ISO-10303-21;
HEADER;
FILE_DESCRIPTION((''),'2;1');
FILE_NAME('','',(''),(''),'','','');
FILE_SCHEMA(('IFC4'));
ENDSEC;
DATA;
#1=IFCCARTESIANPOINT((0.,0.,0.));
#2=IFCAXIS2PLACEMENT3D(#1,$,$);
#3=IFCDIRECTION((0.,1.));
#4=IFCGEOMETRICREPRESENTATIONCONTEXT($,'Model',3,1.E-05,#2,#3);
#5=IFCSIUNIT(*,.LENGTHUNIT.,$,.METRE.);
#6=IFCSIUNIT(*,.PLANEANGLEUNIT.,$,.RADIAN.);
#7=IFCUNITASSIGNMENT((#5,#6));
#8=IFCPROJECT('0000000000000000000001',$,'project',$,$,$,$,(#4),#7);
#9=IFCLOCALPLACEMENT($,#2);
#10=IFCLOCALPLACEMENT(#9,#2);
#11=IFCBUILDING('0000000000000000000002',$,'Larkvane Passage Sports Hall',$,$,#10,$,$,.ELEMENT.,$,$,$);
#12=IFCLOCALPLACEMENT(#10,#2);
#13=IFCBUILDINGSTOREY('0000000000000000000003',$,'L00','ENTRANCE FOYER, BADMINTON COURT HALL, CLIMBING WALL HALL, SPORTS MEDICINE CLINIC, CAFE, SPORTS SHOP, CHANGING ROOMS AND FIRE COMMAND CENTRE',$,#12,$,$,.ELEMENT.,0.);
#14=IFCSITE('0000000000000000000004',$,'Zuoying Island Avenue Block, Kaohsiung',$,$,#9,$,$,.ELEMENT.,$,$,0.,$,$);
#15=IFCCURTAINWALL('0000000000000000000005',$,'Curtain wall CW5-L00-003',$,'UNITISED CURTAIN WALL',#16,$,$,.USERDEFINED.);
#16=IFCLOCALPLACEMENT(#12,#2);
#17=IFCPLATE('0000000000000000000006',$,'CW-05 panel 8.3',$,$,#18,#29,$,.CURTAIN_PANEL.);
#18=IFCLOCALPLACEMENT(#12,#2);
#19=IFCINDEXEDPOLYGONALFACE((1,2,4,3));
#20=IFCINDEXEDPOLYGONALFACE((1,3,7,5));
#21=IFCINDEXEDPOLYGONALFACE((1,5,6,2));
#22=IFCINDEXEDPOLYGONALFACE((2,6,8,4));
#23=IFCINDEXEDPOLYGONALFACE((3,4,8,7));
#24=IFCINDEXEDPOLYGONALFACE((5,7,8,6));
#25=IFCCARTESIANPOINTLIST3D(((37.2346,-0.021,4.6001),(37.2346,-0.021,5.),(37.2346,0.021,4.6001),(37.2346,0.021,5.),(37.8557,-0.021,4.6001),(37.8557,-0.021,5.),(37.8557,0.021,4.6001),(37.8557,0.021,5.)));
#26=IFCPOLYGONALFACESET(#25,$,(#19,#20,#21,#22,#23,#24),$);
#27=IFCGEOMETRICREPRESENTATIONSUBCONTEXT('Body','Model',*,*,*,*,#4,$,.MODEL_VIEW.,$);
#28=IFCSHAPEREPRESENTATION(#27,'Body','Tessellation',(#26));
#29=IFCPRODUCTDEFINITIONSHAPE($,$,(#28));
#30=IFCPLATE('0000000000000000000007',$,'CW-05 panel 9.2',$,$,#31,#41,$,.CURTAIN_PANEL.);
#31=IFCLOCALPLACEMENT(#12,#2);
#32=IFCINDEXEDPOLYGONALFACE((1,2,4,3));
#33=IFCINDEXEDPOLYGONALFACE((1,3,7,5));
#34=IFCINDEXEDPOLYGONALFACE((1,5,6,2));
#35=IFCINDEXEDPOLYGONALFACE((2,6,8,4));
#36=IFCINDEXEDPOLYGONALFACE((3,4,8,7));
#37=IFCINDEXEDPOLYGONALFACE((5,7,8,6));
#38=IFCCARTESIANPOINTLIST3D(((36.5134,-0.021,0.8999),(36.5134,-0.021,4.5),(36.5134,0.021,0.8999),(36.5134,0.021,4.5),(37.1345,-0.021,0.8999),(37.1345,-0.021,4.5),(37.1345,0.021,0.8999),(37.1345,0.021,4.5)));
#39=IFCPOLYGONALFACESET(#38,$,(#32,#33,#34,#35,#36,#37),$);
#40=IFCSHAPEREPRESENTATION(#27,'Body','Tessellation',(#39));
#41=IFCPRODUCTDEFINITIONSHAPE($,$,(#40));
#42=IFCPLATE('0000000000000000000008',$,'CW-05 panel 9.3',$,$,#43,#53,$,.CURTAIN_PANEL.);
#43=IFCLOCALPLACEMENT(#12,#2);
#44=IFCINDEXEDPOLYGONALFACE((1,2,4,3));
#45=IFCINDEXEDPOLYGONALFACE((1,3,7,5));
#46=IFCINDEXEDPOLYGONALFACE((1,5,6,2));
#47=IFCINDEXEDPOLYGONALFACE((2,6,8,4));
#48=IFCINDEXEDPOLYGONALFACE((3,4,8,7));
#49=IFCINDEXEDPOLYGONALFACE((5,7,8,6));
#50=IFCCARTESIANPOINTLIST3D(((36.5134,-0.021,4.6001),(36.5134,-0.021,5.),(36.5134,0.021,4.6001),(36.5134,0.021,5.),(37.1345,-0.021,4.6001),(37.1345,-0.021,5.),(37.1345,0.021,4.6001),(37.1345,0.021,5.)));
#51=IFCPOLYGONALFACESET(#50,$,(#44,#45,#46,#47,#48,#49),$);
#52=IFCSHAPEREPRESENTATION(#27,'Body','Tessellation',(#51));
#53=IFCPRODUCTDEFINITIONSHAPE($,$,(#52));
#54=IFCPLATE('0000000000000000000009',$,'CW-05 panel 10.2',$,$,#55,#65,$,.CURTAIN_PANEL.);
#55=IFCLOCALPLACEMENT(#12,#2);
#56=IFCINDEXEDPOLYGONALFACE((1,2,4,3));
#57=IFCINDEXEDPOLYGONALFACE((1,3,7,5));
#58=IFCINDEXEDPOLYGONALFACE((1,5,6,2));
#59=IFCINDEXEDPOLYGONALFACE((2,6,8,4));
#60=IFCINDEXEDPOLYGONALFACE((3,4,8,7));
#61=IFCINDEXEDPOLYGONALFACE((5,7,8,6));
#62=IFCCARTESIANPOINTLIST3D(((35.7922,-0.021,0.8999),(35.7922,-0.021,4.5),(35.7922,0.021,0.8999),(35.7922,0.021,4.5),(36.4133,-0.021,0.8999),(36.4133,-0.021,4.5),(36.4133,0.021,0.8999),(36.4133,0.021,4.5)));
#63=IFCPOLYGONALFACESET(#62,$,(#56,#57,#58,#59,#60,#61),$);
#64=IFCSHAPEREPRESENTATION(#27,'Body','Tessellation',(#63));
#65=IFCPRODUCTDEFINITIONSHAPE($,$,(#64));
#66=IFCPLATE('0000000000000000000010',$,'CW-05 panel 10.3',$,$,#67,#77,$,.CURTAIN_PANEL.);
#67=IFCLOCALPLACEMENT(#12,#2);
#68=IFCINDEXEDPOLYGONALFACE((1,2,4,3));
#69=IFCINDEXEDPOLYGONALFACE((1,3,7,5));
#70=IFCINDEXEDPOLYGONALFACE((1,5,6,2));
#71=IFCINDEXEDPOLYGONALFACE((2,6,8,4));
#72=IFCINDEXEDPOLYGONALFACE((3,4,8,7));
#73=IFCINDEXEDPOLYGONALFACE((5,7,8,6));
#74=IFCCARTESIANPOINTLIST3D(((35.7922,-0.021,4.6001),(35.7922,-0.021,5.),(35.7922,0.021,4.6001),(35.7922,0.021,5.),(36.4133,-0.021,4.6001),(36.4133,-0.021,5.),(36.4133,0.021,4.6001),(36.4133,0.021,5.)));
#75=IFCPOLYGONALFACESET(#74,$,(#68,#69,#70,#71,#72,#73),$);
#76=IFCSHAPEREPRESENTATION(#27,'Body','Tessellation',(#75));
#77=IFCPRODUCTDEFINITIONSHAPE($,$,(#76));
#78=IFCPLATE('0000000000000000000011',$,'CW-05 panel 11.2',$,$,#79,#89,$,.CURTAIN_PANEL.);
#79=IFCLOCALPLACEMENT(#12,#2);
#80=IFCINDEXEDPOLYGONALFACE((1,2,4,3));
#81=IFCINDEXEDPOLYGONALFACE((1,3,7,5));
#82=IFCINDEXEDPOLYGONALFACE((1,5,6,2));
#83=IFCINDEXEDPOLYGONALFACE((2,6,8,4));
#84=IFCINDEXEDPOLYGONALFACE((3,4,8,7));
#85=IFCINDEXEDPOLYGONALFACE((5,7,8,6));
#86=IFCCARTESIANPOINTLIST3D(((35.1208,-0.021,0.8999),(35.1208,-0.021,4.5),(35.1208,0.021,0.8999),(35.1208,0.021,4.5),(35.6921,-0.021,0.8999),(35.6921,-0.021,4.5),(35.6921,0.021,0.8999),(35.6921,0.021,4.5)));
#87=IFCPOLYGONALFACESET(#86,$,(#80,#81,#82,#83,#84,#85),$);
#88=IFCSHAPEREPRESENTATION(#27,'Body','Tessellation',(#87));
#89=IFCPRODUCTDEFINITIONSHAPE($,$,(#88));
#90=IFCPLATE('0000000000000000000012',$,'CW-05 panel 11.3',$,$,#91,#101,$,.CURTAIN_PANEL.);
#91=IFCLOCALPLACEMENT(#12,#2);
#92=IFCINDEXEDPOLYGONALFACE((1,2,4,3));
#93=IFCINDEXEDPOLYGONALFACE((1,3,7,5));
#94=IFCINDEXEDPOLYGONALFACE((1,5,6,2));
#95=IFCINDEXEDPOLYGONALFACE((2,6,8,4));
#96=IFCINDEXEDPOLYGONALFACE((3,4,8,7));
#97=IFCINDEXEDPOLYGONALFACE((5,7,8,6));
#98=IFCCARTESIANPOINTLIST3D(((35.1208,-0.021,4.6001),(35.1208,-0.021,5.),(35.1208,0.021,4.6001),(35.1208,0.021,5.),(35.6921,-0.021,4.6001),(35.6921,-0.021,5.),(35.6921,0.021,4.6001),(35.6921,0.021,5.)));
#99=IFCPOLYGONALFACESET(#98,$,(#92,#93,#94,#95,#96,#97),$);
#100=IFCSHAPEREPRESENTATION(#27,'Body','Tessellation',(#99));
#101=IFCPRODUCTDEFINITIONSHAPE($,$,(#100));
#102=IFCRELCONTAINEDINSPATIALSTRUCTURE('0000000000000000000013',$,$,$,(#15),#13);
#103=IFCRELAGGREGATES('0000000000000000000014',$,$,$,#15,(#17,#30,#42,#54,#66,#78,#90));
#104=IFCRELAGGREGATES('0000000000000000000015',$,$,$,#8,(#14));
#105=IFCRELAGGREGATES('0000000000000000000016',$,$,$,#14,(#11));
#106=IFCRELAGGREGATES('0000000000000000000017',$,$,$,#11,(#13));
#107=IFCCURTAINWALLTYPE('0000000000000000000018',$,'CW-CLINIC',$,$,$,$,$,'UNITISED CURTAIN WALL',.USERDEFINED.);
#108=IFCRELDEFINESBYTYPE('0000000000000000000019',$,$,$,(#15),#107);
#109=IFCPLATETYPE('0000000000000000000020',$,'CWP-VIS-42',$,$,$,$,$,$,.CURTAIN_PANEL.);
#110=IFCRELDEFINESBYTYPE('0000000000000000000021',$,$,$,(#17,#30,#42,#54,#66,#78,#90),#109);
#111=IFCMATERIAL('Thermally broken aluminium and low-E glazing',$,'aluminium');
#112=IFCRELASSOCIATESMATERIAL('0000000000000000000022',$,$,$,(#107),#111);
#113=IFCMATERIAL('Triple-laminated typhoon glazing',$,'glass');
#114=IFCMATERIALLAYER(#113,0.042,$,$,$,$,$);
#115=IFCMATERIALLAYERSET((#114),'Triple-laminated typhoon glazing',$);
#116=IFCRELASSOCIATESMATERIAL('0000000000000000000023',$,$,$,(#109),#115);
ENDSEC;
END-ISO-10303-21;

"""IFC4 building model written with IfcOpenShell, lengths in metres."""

from ifc_helpers import new_model, si_unit, direction, frame, origin, origin_2d, place, context, subcontext, project, spatial, rectangle, extrude, material, layer, layer_set, type_object, element, aggregate, save


model = new_model("IFC4")

# Units and contexts
model_context = context("Model", 3, precision=1e-05, world=origin(), true_north=direction((0.0, 1.0)))
body_context = subcontext(model_context, "Body", "Model", "MODEL_VIEW")
ifc_project = project(units=[si_unit("LENGTHUNIT", "METRE"), si_unit("PLANEANGLEUNIT", "RADIAN")], contexts=[model_context])

# Site, building, storey
site_placement = place(None, origin())
site = spatial("IfcSite", under=ifc_project, at=site_placement, Name="Zuoying Island Avenue Block, Kaohsiung", CompositionType="ELEMENT", RefElevation=0.0)
building_placement = place(site_placement, origin())
building = spatial("IfcBuilding", under=site, at=building_placement, Name="Larkvane Passage Sports Hall", CompositionType="ELEMENT")
storey_placement = place(building_placement, origin())
storey = spatial("IfcBuildingStorey", under=building, at=storey_placement, Name="L00", Description="ENTRANCE FOYER, BADMINTON COURT HALL, CLIMBING WALL HALL, SPORTS MEDICINE CLINIC, CAFE, SPORTS SHOP, CHANGING ROOMS AND FIRE COMMAND CENTRE", CompositionType="ELEMENT", Elevation=0.0)

# Curtain wall, plates
ifc_material_1 = material(Name="Thermally broken aluminium and low-E glazing", Category="aluminium")
curtain_wall_type = type_object("IfcCurtainWallType", Name="CW-CLINIC", ElementType="UNITISED CURTAIN WALL", PredefinedType="USERDEFINED", material=ifc_material_1)
curtain_wall_placement = place(storey_placement, origin())
curtain_wall = element("IfcCurtainWall", 1, at=curtain_wall_placement, inside=storey, type_object=curtain_wall_type, Name="Curtain wall CW5-L00-003", ObjectType="UNITISED CURTAIN WALL", PredefinedType="USERDEFINED")
ifc_material_2 = material(Name="Triple-laminated typhoon glazing", Category="glass")
ifc_layer = layer(ifc_material_2, 0.042)
ifc_layer_set = layer_set([ifc_layer], Name="Triple-laminated typhoon glazing")
plate_type = type_object("IfcPlateType", Name="CWP-VIS-42", PredefinedType="CURTAIN_PANEL", material=ifc_layer_set)
plate_1_placement = place(storey_placement, frame((37.5452, 0.0, 4.6001), z_axis=(0.0, 0.0, 1.0), x_axis=(-1.0, 0.0, 0.0)))
plate_1 = element("IfcPlate", 2, at=plate_1_placement, type_object=plate_type, Name="CW-05 panel 8.3", PredefinedType="CURTAIN_PANEL", context=body_context, shape_type="SweptSolid", body=[
    extrude(rectangle(XDim=0.6211, YDim=0.042, at=origin_2d()), origin(), (0.0, 0.0, 1.0), 0.3999),
])
plate_2_placement = place(storey_placement, frame((36.824, 0.0, 0.8999), z_axis=(0.0, 0.0, 1.0), x_axis=(-1.0, 0.0, 0.0)))
plate_2 = element("IfcPlate", 3, at=plate_2_placement, type_object=plate_type, Name="CW-05 panel 9.2", PredefinedType="CURTAIN_PANEL", context=body_context, shape_type="SweptSolid", body=[
    extrude(rectangle(XDim=0.6211, YDim=0.042, at=origin_2d()), origin(), (0.0, 0.0, 1.0), 3.6001),
])
plate_3_placement = place(storey_placement, frame((36.824, 0.0, 4.6001), z_axis=(0.0, 0.0, 1.0), x_axis=(-1.0, 0.0, 0.0)))
plate_3 = element("IfcPlate", 4, at=plate_3_placement, type_object=plate_type, Name="CW-05 panel 9.3", PredefinedType="CURTAIN_PANEL", context=body_context, shape_type="SweptSolid", body=[
    extrude(rectangle(XDim=0.6211, YDim=0.042, at=origin_2d()), origin(), (0.0, 0.0, 1.0), 0.3999),
])
plate_4_placement = place(storey_placement, frame((36.1028, 0.0, 0.8999), z_axis=(0.0, 0.0, 1.0), x_axis=(-1.0, 0.0, 0.0)))
plate_4 = element("IfcPlate", 5, at=plate_4_placement, type_object=plate_type, Name="CW-05 panel 10.2", PredefinedType="CURTAIN_PANEL", context=body_context, shape_type="SweptSolid", body=[
    extrude(rectangle(XDim=0.6211, YDim=0.042, at=origin_2d()), origin(), (0.0, 0.0, 1.0), 3.6001),
])
plate_5_placement = place(storey_placement, frame((36.1028, 0.0, 4.6001), z_axis=(0.0, 0.0, 1.0), x_axis=(-1.0, 0.0, 0.0)))
plate_5 = element("IfcPlate", 6, at=plate_5_placement, type_object=plate_type, Name="CW-05 panel 10.3", PredefinedType="CURTAIN_PANEL", context=body_context, shape_type="SweptSolid", body=[
    extrude(rectangle(XDim=0.6211, YDim=0.042, at=origin_2d()), origin(), (0.0, 0.0, 1.0), 0.3999),
])
plate_6_placement = place(storey_placement, frame((35.4065, 0.0, 0.8999), z_axis=(0.0, 0.0, 1.0), x_axis=(-1.0, 0.0, 0.0)))
plate_6 = element("IfcPlate", 7, at=plate_6_placement, type_object=plate_type, Name="CW-05 panel 11.2", PredefinedType="CURTAIN_PANEL", context=body_context, shape_type="SweptSolid", body=[
    extrude(rectangle(XDim=0.5713, YDim=0.042, at=origin_2d()), origin(), (0.0, 0.0, 1.0), 3.6001),
])
plate_7_placement = place(storey_placement, frame((35.4065, 0.0, 4.6001), z_axis=(0.0, 0.0, 1.0), x_axis=(-1.0, 0.0, 0.0)))
plate_7 = element("IfcPlate", 8, at=plate_7_placement, type_object=plate_type, Name="CW-05 panel 11.3", PredefinedType="CURTAIN_PANEL", context=body_context, shape_type="SweptSolid", body=[
    extrude(rectangle(XDim=0.5713, YDim=0.042, at=origin_2d()), origin(), (0.0, 0.0, 1.0), 0.3999),
])
aggregate(curtain_wall, [plate_1, plate_2, plate_3, plate_4, plate_5, plate_6, plate_7])

save(model, "model.ifc")
